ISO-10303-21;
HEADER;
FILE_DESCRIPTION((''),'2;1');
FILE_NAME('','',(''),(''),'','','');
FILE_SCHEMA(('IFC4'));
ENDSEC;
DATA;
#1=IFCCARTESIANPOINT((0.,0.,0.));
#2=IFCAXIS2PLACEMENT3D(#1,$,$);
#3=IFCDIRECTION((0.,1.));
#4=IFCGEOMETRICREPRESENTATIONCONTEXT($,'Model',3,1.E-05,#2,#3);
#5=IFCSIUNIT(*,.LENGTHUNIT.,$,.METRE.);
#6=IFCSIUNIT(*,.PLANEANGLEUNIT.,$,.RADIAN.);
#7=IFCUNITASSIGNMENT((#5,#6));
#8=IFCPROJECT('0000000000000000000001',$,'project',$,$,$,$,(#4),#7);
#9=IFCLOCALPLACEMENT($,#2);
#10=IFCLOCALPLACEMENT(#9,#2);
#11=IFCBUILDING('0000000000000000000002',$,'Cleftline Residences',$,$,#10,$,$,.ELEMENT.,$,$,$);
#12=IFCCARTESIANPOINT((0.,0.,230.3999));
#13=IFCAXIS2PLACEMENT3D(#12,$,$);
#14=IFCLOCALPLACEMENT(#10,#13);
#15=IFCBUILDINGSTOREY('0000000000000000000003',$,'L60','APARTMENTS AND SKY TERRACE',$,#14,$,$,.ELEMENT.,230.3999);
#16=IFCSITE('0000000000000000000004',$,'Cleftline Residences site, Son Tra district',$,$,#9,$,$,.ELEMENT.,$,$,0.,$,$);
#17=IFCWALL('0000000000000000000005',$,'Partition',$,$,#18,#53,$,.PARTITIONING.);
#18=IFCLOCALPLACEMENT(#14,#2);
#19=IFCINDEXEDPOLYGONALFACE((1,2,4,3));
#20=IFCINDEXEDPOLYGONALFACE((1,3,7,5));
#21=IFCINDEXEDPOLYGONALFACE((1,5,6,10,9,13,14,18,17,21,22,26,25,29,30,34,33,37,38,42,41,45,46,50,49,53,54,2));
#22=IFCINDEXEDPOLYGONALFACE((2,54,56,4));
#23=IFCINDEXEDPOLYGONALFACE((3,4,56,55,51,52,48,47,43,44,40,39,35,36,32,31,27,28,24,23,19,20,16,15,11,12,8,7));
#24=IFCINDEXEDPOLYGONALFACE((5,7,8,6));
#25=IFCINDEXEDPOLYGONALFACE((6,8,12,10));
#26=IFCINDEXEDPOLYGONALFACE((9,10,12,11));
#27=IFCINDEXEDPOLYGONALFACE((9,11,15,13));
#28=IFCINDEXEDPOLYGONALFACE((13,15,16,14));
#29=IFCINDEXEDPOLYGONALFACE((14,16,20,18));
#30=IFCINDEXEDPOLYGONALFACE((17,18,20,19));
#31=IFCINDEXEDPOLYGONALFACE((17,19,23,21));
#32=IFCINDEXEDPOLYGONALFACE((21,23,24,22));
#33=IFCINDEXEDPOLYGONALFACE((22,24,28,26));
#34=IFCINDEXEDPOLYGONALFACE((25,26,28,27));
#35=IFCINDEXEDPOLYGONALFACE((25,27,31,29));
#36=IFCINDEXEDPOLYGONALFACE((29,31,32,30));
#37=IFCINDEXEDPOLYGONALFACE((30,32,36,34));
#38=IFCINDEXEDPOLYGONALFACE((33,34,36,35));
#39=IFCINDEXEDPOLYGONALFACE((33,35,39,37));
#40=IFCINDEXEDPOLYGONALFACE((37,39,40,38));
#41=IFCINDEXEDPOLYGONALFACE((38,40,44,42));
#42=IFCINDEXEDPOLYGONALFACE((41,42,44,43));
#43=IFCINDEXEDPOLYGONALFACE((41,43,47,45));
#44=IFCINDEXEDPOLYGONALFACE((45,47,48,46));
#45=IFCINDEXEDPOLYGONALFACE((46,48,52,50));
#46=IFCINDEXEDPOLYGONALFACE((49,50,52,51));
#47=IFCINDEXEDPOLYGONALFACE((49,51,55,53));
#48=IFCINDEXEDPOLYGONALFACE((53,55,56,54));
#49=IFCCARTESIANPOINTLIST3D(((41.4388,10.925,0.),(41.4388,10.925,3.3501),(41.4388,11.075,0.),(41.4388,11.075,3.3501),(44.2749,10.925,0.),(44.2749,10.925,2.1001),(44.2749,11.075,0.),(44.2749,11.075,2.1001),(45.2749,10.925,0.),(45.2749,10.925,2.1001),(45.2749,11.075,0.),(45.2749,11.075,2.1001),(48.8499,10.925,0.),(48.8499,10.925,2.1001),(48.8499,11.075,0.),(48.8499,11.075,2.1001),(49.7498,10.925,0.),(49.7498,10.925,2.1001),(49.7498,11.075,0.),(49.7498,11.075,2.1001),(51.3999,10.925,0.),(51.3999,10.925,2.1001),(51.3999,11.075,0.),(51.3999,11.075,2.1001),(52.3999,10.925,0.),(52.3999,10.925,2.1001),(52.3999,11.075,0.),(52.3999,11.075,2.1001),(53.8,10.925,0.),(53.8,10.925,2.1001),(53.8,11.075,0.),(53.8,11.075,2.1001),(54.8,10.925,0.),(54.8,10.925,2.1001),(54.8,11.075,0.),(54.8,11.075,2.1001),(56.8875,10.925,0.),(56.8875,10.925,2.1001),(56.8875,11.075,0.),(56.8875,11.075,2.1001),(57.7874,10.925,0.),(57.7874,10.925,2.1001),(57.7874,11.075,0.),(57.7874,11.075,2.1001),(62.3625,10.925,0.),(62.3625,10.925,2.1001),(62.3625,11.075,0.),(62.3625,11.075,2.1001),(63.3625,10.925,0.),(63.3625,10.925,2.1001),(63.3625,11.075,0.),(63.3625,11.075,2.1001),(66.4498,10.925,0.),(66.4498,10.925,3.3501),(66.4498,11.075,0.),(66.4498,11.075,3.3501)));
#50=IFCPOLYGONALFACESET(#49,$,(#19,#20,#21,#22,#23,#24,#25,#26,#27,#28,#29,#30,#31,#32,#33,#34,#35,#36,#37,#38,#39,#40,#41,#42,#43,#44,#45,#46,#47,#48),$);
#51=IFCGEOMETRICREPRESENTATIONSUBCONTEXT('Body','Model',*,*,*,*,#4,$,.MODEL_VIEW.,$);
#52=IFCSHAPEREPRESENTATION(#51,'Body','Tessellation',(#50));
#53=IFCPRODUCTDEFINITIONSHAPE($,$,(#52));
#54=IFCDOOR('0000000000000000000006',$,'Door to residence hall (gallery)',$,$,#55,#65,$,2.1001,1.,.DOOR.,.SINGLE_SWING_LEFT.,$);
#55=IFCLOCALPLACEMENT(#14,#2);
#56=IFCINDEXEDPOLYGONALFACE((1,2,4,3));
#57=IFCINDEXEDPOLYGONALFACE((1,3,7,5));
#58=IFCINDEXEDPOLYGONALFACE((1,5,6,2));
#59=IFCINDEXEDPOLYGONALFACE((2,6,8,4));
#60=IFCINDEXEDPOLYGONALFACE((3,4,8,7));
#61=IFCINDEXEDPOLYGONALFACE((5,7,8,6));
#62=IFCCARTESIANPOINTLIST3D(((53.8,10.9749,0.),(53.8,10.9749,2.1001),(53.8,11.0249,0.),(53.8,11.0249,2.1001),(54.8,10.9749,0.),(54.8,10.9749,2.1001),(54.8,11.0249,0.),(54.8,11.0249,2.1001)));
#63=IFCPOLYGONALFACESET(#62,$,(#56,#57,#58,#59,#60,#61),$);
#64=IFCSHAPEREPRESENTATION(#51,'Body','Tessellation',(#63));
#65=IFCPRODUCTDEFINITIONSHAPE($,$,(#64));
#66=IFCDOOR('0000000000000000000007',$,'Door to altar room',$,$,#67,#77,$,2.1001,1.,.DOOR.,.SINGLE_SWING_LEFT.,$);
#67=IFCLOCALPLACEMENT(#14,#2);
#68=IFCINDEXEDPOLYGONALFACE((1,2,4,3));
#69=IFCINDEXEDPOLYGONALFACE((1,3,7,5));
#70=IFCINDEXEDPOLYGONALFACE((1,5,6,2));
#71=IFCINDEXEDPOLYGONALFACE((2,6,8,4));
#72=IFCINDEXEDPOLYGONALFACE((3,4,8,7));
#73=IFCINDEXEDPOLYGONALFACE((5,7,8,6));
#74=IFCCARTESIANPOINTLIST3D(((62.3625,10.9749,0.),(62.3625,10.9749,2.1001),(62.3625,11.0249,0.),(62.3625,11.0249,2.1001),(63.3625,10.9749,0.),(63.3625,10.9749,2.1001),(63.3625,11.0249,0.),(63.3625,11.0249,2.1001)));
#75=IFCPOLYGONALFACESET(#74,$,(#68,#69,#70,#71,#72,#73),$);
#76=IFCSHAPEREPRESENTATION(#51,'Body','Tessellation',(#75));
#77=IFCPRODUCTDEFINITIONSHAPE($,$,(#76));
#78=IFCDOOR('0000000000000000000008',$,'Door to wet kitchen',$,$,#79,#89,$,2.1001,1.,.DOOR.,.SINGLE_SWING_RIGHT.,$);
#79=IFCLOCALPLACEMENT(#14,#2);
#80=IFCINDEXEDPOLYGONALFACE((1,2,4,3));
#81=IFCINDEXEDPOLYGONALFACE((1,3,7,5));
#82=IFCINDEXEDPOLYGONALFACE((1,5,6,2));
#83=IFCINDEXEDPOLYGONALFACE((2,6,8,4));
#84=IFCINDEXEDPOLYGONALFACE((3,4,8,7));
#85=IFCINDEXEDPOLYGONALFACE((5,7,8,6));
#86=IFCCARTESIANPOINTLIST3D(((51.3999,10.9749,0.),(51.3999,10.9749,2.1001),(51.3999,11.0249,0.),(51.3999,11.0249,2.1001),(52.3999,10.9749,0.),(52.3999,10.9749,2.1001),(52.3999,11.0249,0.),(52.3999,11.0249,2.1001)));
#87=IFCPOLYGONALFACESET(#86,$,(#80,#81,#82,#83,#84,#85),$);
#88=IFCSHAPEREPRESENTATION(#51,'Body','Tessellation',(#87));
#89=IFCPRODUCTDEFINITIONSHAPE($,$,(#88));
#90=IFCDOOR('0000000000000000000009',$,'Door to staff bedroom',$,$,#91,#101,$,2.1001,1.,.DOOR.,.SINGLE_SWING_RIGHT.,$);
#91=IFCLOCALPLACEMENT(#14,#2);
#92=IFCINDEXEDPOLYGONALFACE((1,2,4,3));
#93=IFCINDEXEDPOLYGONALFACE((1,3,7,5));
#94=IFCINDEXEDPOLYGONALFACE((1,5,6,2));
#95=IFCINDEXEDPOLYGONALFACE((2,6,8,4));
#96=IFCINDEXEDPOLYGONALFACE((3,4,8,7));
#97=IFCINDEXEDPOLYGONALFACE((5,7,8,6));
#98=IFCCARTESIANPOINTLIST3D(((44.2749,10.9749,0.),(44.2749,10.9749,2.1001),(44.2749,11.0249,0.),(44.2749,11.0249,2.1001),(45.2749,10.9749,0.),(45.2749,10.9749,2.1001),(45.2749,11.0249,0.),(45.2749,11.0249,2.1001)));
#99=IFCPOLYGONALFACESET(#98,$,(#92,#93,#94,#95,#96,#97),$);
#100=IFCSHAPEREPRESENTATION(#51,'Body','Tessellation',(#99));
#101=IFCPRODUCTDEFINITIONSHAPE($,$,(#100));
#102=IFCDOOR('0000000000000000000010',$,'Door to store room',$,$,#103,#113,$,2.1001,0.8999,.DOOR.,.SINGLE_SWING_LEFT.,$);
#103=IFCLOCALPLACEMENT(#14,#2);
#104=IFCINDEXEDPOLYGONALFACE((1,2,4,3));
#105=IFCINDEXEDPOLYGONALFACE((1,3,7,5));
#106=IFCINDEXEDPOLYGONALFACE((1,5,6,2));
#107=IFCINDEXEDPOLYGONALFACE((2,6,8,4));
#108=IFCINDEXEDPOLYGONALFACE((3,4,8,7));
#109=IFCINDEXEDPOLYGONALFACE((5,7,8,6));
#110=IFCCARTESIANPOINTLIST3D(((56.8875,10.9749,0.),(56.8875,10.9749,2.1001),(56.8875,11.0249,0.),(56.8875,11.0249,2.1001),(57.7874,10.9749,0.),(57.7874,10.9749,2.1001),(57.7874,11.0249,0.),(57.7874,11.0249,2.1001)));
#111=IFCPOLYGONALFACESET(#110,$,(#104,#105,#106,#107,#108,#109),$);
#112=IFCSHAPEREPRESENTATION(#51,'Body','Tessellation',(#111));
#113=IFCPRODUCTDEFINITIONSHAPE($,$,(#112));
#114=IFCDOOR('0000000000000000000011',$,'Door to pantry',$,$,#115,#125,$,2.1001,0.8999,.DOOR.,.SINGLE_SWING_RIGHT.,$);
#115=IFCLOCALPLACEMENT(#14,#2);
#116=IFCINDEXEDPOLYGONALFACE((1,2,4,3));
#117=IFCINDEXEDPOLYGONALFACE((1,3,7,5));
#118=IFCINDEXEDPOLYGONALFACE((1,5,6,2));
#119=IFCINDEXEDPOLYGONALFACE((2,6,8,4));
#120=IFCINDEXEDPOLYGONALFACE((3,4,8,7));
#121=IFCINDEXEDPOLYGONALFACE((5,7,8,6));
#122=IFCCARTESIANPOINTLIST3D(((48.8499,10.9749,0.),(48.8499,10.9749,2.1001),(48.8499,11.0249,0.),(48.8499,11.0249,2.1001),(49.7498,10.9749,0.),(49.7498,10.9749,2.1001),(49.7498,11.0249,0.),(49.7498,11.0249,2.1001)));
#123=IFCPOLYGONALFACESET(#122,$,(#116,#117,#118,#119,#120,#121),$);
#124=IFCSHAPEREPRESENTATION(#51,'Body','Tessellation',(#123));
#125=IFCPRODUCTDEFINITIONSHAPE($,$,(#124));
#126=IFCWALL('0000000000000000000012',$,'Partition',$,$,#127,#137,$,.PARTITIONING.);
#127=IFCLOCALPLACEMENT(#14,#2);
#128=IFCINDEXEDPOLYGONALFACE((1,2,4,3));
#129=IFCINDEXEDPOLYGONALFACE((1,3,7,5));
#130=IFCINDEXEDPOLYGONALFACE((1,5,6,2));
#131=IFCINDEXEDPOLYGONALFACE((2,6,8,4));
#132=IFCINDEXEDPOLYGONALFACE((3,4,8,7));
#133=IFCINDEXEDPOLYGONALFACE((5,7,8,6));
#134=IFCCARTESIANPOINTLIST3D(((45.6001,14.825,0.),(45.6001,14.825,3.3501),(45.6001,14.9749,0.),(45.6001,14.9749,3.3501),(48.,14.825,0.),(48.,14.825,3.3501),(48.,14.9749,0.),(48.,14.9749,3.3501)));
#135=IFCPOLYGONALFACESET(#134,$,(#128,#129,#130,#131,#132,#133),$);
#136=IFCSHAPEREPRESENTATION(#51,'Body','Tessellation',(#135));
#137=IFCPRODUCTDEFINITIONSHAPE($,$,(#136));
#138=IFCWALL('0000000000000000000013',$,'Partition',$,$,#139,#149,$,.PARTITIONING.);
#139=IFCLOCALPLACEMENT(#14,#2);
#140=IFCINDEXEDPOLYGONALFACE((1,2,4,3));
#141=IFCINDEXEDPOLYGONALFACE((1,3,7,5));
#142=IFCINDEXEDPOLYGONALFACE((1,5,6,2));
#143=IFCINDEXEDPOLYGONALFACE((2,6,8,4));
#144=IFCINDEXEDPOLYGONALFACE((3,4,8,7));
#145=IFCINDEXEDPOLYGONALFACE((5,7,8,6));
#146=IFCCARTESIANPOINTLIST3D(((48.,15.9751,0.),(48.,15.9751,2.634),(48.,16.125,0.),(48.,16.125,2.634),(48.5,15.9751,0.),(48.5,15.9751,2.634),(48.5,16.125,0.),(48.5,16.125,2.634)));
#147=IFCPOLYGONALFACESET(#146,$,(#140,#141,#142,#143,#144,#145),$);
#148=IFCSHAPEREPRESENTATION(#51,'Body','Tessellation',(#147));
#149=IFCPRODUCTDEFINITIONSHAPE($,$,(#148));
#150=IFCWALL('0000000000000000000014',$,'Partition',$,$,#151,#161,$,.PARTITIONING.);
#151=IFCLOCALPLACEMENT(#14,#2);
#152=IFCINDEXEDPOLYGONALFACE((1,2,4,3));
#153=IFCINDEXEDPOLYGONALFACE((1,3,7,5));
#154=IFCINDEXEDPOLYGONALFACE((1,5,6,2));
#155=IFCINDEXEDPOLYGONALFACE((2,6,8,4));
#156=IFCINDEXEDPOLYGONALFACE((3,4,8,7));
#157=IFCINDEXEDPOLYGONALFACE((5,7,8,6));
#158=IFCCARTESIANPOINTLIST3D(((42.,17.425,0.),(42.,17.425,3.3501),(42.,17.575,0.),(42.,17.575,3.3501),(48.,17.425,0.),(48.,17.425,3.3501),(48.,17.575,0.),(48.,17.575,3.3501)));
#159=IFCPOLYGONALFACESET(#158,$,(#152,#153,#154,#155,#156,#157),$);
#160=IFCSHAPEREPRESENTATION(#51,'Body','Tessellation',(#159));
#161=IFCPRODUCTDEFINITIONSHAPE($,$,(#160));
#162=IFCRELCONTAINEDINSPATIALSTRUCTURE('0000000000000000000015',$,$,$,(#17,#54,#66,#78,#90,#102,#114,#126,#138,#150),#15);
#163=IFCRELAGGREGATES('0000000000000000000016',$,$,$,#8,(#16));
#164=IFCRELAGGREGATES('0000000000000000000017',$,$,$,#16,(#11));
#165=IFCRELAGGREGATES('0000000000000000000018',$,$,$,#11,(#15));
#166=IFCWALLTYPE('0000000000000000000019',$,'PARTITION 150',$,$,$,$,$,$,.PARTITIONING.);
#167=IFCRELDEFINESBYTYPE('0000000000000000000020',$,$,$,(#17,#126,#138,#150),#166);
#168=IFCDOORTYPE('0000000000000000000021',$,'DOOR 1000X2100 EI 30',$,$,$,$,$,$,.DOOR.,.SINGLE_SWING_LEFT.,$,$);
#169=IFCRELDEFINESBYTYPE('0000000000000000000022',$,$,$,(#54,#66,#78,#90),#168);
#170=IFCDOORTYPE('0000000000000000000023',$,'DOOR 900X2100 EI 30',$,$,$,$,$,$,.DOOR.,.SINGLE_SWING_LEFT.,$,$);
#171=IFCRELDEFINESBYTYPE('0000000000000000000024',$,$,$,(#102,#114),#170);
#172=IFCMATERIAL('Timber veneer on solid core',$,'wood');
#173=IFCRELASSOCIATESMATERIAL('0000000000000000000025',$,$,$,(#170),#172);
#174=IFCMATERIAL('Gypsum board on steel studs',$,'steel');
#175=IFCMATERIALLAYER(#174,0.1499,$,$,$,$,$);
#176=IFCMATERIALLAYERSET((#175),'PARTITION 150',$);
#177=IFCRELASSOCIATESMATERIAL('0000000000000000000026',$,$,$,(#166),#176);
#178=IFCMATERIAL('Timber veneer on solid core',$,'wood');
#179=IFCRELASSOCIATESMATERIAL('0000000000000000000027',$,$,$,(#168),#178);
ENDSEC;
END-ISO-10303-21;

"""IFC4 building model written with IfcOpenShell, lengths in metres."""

from ifc_helpers import new_model, si_unit, direction, frame, frame_2d, origin, place, context, subcontext, project, spatial, rectangle, extrude, material, layer, layer_set, type_object, element, fill, save


model = new_model("IFC4")

# Units and contexts
model_context = context("Model", 3, precision=1e-05, world=origin(), true_north=direction((0.0, 1.0)))
body_context = subcontext(model_context, "Body", "Model", "MODEL_VIEW")
ifc_project = project(units=[si_unit("LENGTHUNIT", "METRE"), si_unit("PLANEANGLEUNIT", "RADIAN")], contexts=[model_context])

# Site, building, storey
site_placement = place(None, origin())
site = spatial("IfcSite", under=ifc_project, at=site_placement, Name="Cleftline Residences site, Son Tra district", CompositionType="ELEMENT", RefElevation=0.0)
building_placement = place(site_placement, origin())
building = spatial("IfcBuilding", under=site, at=building_placement, Name="Cleftline Residences", CompositionType="ELEMENT")
storey_placement = place(building_placement, frame((0.0, 0.0, 230.3999)))
storey = spatial("IfcBuildingStorey", under=building, at=storey_placement, Name="L60", Description="APARTMENTS AND SKY TERRACE", CompositionType="ELEMENT", Elevation=230.3999)

# Wall, openings, doors
ifc_material_1 = material(Name="Timber veneer on solid core", Category="wood")
door_type_1 = type_object("IfcDoorType", Name="DOOR 900X2100 EI 30", OperationType="SINGLE_SWING_LEFT", PredefinedType="DOOR", material=ifc_material_1)
ifc_material_2 = material(Name="Gypsum board on steel studs", Category="steel")
ifc_layer_1 = layer(ifc_material_2, 0.1499)
ifc_layer_set_1 = layer_set([ifc_layer_1], Name="PARTITION 150")
wall_type_1 = type_object("IfcWallType", Name="PARTITION 150", PredefinedType="PARTITIONING", material=ifc_layer_set_1)
wall_1_placement = place(storey_placement, frame((41.439, 11.0, 0.0), z_axis=(0.0, 0.0, 1.0), x_axis=(1.0, 0.0, 0.0)))
wall_1 = element("IfcWall", 1, at=wall_1_placement, inside=storey, type_object=wall_type_1, Name="Partition", PredefinedType="PARTITIONING", context=body_context, shape_type="SweptSolid", body=[
    extrude(rectangle(XDim=25.011, YDim=0.1499, at=frame_2d((12.5054, 0.0))), origin(), (0.0, 0.0, 1.0), 3.3501),
])
opening_1_placement = place(wall_1_placement, frame((12.3611, 0.0, 0.0)))
opening_1 = element("IfcOpeningElement", 2, at=opening_1_placement, cuts=wall_1, PredefinedType="OPENING", context=body_context, shape_type="SweptSolid", body=[
    extrude(rectangle(XDim=1.0, YDim=2.1001, at=frame_2d((0.5, 1.05))), frame((0.0, 0.085, 0.0), z_axis=(0.0, -1.0, 0.0), x_axis=(1.0, 0.0, 0.0)), (0.0, 0.0, 1.0), 0.1699),
])
opening_2_placement = place(wall_1_placement, frame((20.9236, 0.0, 0.0)))
opening_2 = element("IfcOpeningElement", 3, at=opening_2_placement, cuts=wall_1, PredefinedType="OPENING", context=body_context, shape_type="SweptSolid", body=[
    extrude(rectangle(XDim=1.0, YDim=2.1001, at=frame_2d((0.5, 1.05))), frame((0.0, 0.085, 0.0), z_axis=(0.0, -1.0, 0.0), x_axis=(1.0, 0.0, 0.0)), (0.0, 0.0, 1.0), 0.1699),
])
opening_3_placement = place(wall_1_placement, frame((15.4485, 0.0, 0.0)))
opening_3 = element("IfcOpeningElement", 4, at=opening_3_placement, cuts=wall_1, PredefinedType="OPENING", context=body_context, shape_type="SweptSolid", body=[
    extrude(rectangle(XDim=0.8999, YDim=2.1001, at=frame_2d((0.45, 1.05))), frame((0.0, 0.085, 0.0), z_axis=(0.0, -1.0, 0.0), x_axis=(1.0, 0.0, 0.0)), (0.0, 0.0, 1.0), 0.1699),
])
opening_4_placement = place(wall_1_placement, frame((9.9609, 0.0, 0.0)))
opening_4 = element("IfcOpeningElement", 5, at=opening_4_placement, cuts=wall_1, PredefinedType="OPENING", context=body_context, shape_type="SweptSolid", body=[
    extrude(rectangle(XDim=1.0, YDim=2.1001, at=frame_2d((0.5, 1.05))), frame((0.0, 0.085, 0.0), z_axis=(0.0, -1.0, 0.0), x_axis=(1.0, 0.0, 0.0)), (0.0, 0.0, 1.0), 0.1699),
])
opening_5_placement = place(wall_1_placement, frame((7.4109, 0.0, 0.0)))
opening_5 = element("IfcOpeningElement", 6, at=opening_5_placement, cuts=wall_1, PredefinedType="OPENING", context=body_context, shape_type="SweptSolid", body=[
    extrude(rectangle(XDim=0.8999, YDim=2.1001, at=frame_2d((0.45, 1.05))), frame((0.0, 0.085, 0.0), z_axis=(0.0, -1.0, 0.0), x_axis=(1.0, 0.0, 0.0)), (0.0, 0.0, 1.0), 0.1699),
])
opening_6_placement = place(wall_1_placement, frame((2.8359, 0.0, 0.0)))
opening_6 = element("IfcOpeningElement", 7, at=opening_6_placement, cuts=wall_1, PredefinedType="OPENING", context=body_context, shape_type="SweptSolid", body=[
    extrude(rectangle(XDim=1.0, YDim=2.1001, at=frame_2d((0.5, 1.05))), frame((0.0, 0.085, 0.0), z_axis=(0.0, -1.0, 0.0), x_axis=(1.0, 0.0, 0.0)), (0.0, 0.0, 1.0), 0.1699),
])
ifc_material_3 = material(Name="Timber veneer on solid core", Category="wood")
door_type_2 = type_object("IfcDoorType", Name="DOOR 1000X2100 EI 30", OperationType="SINGLE_SWING_LEFT", PredefinedType="DOOR", material=ifc_material_3)
door_1_placement = place(opening_1_placement, origin())
door_1 = element("IfcDoor", 8, at=door_1_placement, inside=storey, type_object=door_type_2, Name="Door to residence hall (gallery)", OperationType="SINGLE_SWING_LEFT", OverallHeight=2.1001, OverallWidth=1.0, PredefinedType="DOOR", context=body_context, shape_type="SweptSolid", body=[
    extrude(rectangle(XDim=1.0, YDim=2.1001, at=frame_2d((0.5, 1.05))), frame((0.0, 0.0249, 0.0), z_axis=(0.0, -1.0, 0.0), x_axis=(1.0, 0.0, 0.0)), (0.0, 0.0, 1.0), 0.05),
])
fill(opening_1, door_1)
door_2_placement = place(opening_2_placement, origin())
door_2 = element("IfcDoor", 9, at=door_2_placement, inside=storey, type_object=door_type_2, Name="Door to altar room", OperationType="SINGLE_SWING_LEFT", OverallHeight=2.1001, OverallWidth=1.0, PredefinedType="DOOR", context=body_context, shape_type="SweptSolid", body=[
    extrude(rectangle(XDim=1.0, YDim=2.1001, at=frame_2d((0.5, 1.05))), frame((0.0, 0.0249, 0.0), z_axis=(0.0, -1.0, 0.0), x_axis=(1.0, 0.0, 0.0)), (0.0, 0.0, 1.0), 0.05),
])
fill(opening_2, door_2)
door_3_placement = place(opening_4_placement, origin())
door_3 = element("IfcDoor", 10, at=door_3_placement, inside=storey, type_object=door_type_2, Name="Door to wet kitchen", OperationType="SINGLE_SWING_RIGHT", OverallHeight=2.1001, OverallWidth=1.0, PredefinedType="DOOR", context=body_context, shape_type="SweptSolid", body=[
    extrude(rectangle(XDim=1.0, YDim=2.1001, at=frame_2d((0.5, 1.05))), frame((0.0, 0.0249, 0.0), z_axis=(0.0, -1.0, 0.0), x_axis=(1.0, 0.0, 0.0)), (0.0, 0.0, 1.0), 0.05),
])
fill(opening_4, door_3)
door_4_placement = place(opening_6_placement, origin())
door_4 = element("IfcDoor", 11, at=door_4_placement, inside=storey, type_object=door_type_2, Name="Door to staff bedroom", OperationType="SINGLE_SWING_RIGHT", OverallHeight=2.1001, OverallWidth=1.0, PredefinedType="DOOR", context=body_context, shape_type="SweptSolid", body=[
    extrude(rectangle(XDim=1.0, YDim=2.1001, at=frame_2d((0.5, 1.05))), frame((0.0, 0.0249, 0.0), z_axis=(0.0, -1.0, 0.0), x_axis=(1.0, 0.0, 0.0)), (0.0, 0.0, 1.0), 0.05),
])
fill(opening_6, door_4)
door_5_placement = place(opening_3_placement, origin())
door_5 = element("IfcDoor", 12, at=door_5_placement, inside=storey, type_object=door_type_1, Name="Door to store room", OperationType="SINGLE_SWING_LEFT", OverallHeight=2.1001, OverallWidth=0.8999, PredefinedType="DOOR", context=body_context, shape_type="SweptSolid", body=[
    extrude(rectangle(XDim=0.8999, YDim=2.1001, at=frame_2d((0.45, 1.05))), frame((0.0, 0.0249, 0.0), z_axis=(0.0, -1.0, 0.0), x_axis=(1.0, 0.0, 0.0)), (0.0, 0.0, 1.0), 0.05),
])
fill(opening_3, door_5)
door_6_placement = place(opening_5_placement, origin())
door_6 = element("IfcDoor", 13, at=door_6_placement, inside=storey, type_object=door_type_1, Name="Door to pantry", OperationType="SINGLE_SWING_RIGHT", OverallHeight=2.1001, OverallWidth=0.8999, PredefinedType="DOOR", context=body_context, shape_type="SweptSolid", body=[
    extrude(rectangle(XDim=0.8999, YDim=2.1001, at=frame_2d((0.45, 1.05))), frame((0.0, 0.0249, 0.0), z_axis=(0.0, -1.0, 0.0), x_axis=(1.0, 0.0, 0.0)), (0.0, 0.0, 1.0), 0.05),
])
fill(opening_5, door_6)

# Walls
wall_2_placement = place(storey_placement, frame((45.6001, 14.8999, 0.0), z_axis=(0.0, 0.0, 1.0), x_axis=(1.0, 0.0, 0.0)))
element("IfcWall", 14, at=wall_2_placement, inside=storey, type_object=wall_type_1, Name="Partition", PredefinedType="PARTITIONING", context=body_context, shape_type="SweptSolid", body=[
    extrude(rectangle(XDim=2.3999, YDim=0.1499, at=frame_2d((1.2, 0.0))), origin(), (0.0, 0.0, 1.0), 3.3501),
])
wall_3_placement = place(storey_placement, frame((48.0, 16.05, 0.0), z_axis=(0.0, 0.0, 1.0), x_axis=(1.0, 0.0, 0.0)))
element("IfcWall", 15, at=wall_3_placement, inside=storey, type_object=wall_type_1, Name="Partition", PredefinedType="PARTITIONING", context=body_context, shape_type="SweptSolid", body=[
    extrude(rectangle(XDim=0.5, YDim=0.1499, at=frame_2d((0.25, 0.0))), origin(), (0.0, 0.0, 1.0), 2.634),
])
wall_4_placement = place(storey_placement, frame((42.0, 17.5, 0.0), z_axis=(0.0, 0.0, 1.0), x_axis=(1.0, 0.0, 0.0)))
element("IfcWall", 16, at=wall_4_placement, inside=storey, type_object=wall_type_1, Name="Partition", PredefinedType="PARTITIONING", context=body_context, shape_type="SweptSolid", body=[
    extrude(rectangle(XDim=6.0, YDim=0.1499, at=frame_2d((3.0, 0.0))), origin(), (0.0, 0.0, 1.0), 3.3501),
])

save(model, "model.ifc")
